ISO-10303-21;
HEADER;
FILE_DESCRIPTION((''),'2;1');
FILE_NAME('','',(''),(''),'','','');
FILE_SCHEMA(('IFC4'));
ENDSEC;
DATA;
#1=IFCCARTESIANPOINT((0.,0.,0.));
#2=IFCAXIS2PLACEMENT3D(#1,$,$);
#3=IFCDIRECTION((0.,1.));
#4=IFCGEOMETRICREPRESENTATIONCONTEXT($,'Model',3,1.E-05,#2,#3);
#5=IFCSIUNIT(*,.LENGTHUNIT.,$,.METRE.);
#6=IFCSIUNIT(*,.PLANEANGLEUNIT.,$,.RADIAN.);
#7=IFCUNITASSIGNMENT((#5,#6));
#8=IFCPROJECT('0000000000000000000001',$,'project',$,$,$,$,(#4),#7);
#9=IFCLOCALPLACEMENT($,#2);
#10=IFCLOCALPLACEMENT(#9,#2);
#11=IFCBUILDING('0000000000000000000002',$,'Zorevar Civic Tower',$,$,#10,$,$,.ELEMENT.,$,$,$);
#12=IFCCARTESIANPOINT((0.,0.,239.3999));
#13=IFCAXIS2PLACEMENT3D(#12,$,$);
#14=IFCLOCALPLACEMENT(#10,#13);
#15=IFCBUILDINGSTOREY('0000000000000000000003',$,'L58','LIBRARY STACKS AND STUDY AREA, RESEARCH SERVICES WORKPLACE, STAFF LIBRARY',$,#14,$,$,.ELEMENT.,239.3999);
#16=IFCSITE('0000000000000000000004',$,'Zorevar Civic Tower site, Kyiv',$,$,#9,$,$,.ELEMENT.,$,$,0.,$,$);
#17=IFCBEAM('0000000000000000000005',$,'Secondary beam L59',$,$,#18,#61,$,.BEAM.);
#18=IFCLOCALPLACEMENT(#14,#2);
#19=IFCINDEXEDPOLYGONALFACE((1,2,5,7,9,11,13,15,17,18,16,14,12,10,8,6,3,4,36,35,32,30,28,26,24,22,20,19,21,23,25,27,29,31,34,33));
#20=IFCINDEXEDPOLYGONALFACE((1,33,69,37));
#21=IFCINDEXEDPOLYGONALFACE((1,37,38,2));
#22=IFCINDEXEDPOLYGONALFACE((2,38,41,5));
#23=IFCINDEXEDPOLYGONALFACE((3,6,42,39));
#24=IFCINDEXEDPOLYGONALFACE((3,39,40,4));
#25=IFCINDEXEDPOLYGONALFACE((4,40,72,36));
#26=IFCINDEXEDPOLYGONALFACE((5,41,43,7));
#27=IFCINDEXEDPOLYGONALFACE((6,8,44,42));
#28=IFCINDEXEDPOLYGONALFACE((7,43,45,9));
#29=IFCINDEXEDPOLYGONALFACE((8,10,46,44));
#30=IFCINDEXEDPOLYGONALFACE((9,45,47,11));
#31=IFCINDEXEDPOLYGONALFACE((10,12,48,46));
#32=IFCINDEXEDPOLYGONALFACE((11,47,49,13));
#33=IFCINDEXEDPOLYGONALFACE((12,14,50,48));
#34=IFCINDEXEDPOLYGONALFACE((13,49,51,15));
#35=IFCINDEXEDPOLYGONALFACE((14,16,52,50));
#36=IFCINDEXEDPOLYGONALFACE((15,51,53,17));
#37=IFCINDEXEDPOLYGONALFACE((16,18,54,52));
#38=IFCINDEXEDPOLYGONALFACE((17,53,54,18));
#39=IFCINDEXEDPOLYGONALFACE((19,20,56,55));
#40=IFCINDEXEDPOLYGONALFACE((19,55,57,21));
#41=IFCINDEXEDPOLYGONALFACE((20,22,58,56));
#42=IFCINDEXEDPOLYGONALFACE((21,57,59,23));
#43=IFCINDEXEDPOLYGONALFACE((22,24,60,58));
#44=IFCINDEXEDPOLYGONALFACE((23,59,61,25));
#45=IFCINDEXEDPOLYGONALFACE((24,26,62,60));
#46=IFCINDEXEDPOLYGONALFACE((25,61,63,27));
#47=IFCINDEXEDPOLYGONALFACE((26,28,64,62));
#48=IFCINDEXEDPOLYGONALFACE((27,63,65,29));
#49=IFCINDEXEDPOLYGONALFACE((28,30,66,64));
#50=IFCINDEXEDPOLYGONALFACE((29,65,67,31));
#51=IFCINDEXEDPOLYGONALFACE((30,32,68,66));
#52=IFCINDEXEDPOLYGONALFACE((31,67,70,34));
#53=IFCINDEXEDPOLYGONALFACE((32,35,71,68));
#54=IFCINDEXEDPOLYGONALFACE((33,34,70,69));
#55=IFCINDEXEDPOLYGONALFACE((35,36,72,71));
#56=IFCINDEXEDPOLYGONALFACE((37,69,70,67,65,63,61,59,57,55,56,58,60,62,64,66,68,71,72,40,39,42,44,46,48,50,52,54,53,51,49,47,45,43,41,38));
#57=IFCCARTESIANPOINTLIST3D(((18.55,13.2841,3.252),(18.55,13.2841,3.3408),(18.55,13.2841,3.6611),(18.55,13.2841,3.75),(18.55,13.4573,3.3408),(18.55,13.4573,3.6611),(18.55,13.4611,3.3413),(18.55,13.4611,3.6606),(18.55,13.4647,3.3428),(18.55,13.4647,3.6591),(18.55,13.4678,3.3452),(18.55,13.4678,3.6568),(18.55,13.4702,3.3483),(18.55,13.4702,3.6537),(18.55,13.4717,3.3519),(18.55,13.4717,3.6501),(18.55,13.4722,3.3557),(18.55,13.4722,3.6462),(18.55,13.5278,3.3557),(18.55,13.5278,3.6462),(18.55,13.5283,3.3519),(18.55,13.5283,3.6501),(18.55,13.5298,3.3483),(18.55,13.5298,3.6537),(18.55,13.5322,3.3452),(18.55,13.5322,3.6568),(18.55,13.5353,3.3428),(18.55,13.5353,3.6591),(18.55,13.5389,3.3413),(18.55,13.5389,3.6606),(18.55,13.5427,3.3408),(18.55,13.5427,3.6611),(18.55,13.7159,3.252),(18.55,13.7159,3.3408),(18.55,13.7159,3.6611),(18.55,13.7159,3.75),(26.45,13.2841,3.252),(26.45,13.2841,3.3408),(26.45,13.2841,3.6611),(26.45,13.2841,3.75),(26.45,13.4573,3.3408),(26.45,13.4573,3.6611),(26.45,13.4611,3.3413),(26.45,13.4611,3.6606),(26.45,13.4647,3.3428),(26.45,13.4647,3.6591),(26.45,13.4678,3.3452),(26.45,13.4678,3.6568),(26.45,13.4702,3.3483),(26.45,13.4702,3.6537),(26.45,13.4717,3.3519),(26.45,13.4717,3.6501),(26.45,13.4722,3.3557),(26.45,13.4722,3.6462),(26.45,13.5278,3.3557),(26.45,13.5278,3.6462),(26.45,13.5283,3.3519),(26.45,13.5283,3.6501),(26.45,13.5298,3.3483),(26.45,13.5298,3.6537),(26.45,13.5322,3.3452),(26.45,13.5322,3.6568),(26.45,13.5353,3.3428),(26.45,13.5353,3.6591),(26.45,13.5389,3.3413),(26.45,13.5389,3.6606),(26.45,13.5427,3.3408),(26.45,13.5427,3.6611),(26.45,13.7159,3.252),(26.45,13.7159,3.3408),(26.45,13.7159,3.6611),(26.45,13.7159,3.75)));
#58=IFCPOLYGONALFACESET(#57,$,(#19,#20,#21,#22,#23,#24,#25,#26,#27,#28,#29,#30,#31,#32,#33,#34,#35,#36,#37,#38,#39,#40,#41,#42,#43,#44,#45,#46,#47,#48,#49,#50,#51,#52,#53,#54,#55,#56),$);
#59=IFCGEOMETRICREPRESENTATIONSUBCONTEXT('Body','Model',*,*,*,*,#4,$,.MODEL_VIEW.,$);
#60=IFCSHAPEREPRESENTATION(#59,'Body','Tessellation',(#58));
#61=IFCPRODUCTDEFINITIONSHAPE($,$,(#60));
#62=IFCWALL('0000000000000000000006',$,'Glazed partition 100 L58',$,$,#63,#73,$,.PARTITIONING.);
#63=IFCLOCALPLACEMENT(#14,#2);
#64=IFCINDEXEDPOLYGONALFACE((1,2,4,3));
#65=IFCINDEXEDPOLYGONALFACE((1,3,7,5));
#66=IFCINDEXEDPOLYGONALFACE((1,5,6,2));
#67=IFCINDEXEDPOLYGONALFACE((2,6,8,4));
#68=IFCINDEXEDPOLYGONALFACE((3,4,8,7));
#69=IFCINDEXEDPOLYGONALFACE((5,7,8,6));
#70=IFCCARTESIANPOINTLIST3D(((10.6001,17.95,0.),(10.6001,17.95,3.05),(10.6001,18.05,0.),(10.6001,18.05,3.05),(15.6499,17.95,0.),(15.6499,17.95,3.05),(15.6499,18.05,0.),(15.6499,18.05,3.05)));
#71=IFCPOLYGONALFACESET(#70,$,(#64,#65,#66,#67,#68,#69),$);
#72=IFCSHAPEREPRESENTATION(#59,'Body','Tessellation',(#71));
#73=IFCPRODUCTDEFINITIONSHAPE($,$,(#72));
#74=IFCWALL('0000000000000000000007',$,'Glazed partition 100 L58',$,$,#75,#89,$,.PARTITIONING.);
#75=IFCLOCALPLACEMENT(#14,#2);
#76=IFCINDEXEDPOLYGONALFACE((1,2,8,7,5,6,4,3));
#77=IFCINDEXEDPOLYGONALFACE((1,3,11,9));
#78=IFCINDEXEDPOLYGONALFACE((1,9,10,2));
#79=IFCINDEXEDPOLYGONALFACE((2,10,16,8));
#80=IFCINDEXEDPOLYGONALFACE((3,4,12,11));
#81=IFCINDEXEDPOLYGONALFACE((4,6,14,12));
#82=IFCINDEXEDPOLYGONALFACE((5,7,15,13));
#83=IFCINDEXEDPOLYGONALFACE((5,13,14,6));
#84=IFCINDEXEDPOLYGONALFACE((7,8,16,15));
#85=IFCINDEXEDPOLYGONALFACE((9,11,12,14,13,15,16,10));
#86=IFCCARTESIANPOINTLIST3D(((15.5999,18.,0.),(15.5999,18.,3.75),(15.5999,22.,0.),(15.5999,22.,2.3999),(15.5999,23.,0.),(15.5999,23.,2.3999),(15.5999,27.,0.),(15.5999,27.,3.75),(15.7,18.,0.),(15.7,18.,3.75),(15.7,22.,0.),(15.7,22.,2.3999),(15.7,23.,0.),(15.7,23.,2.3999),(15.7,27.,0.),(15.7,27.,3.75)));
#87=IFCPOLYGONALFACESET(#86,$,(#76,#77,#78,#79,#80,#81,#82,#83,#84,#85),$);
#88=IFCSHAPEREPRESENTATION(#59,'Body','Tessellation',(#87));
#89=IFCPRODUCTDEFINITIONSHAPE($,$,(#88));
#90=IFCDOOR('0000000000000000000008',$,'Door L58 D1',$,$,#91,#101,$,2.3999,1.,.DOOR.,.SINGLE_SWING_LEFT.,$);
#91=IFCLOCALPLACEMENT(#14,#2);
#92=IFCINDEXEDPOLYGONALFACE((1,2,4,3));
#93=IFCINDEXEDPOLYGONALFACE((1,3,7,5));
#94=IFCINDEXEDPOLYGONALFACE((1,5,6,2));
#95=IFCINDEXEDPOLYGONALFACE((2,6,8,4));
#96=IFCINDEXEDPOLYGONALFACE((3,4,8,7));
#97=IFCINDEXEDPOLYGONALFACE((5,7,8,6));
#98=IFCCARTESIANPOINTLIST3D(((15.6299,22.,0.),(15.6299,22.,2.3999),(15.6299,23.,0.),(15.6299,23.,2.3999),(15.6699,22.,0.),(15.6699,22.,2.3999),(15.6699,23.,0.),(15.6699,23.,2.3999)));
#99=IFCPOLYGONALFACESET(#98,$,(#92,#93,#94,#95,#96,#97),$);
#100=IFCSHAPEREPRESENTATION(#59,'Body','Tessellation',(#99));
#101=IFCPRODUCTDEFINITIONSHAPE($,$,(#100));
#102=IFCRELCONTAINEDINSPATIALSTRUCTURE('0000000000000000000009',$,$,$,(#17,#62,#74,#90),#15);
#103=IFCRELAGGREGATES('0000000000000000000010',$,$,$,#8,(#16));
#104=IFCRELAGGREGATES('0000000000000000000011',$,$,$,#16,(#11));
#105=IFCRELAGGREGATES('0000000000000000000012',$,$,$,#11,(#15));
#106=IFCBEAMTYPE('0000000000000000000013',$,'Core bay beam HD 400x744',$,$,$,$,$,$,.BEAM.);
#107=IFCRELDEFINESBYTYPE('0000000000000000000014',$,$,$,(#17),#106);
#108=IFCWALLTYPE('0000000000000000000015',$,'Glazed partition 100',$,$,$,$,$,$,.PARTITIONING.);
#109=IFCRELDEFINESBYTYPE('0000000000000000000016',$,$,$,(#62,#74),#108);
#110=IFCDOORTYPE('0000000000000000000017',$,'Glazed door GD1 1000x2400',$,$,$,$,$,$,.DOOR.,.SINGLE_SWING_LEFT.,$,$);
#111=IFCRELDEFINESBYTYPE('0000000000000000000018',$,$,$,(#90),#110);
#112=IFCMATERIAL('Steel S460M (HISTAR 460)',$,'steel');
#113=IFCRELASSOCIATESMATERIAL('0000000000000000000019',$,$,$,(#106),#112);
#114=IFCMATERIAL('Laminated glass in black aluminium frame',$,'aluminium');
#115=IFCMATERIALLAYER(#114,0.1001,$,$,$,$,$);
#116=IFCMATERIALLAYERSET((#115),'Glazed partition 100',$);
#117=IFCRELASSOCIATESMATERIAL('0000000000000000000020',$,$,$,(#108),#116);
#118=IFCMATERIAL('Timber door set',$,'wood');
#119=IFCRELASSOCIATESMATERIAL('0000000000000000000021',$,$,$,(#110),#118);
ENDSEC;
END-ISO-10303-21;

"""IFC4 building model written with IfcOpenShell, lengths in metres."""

from ifc_helpers import new_model, si_unit, direction, frame, frame_2d, origin, origin_2d, place, context, subcontext, project, spatial, rectangle, i_section, extrude, material, layer, layer_set, material_profile, profile_set, type_object, element, fill, save


model = new_model("IFC4")

# Units and contexts
model_context = context("Model", 3, precision=1e-05, world=origin(), true_north=direction((0.0, 1.0)))
body_context = subcontext(model_context, "Body", "Model", "MODEL_VIEW")
ifc_project = project(units=[si_unit("LENGTHUNIT", "METRE"), si_unit("PLANEANGLEUNIT", "RADIAN")], contexts=[model_context])

# Site, building, storey
site_placement = place(None, origin())
site = spatial("IfcSite", under=ifc_project, at=site_placement, Name="Zorevar Civic Tower site, Kyiv", CompositionType="ELEMENT", RefElevation=0.0)
building_placement = place(site_placement, origin())
building = spatial("IfcBuilding", under=site, at=building_placement, Name="Zorevar Civic Tower", CompositionType="ELEMENT")
storey_placement = place(building_placement, frame((0.0, 0.0, 239.3999)))
storey = spatial("IfcBuildingStorey", under=building, at=storey_placement, Name="L58", Description="LIBRARY STACKS AND STUDY AREA, RESEARCH SERVICES WORKPLACE, STAFF LIBRARY", CompositionType="ELEMENT", Elevation=239.3999)

# Beam
ifc_material_1 = material(Name="Steel S460M (HISTAR 460)", Category="steel")
ifc_material_profile = material_profile(ifc_material_1, i_section(OverallWidth=0.4319, OverallDepth=0.498, WebThickness=0.0557, FlangeThickness=0.0889, FilletRadius=0.0149, at=origin_2d()), Name="HD 400x744")
ifc_profile_set = profile_set([ifc_material_profile], Name="Steel S460M (HISTAR 460)")
beam_type = type_object("IfcBeamType", Name="Core bay beam HD 400x744", PredefinedType="BEAM", material=ifc_profile_set)
beam_placement = place(storey_placement, frame((18.55, 13.5, 3.501), z_axis=(1.0, 0.0, 0.0), x_axis=(0.0, 1.0, 0.0)))
element("IfcBeam", 1, at=beam_placement, inside=storey, type_object=beam_type, Name="Secondary beam L59", PredefinedType="BEAM", context=body_context, shape_type="SweptSolid", body=[
    extrude(i_section(OverallWidth=0.4319, OverallDepth=0.498, WebThickness=0.0557, FlangeThickness=0.0889, FilletRadius=0.0149, at=origin_2d()), origin(), (0.0, 0.0, 1.0), 7.8999),
])

# Wall
ifc_material_2 = material(Name="Laminated glass in black aluminium frame", Category="aluminium")
ifc_layer_1 = layer(ifc_material_2, 0.1001)
ifc_layer_set_1 = layer_set([ifc_layer_1], Name="Glazed partition 100")
wall_type_1 = type_object("IfcWallType", Name="Glazed partition 100", PredefinedType="PARTITIONING", material=ifc_layer_set_1)
wall_1_placement = place(storey_placement, frame((10.6001, 18.0, 0.0), z_axis=(0.0, 0.0, 1.0), x_axis=(1.0, 0.0, 0.0)))
element("IfcWall", 2, at=wall_1_placement, inside=storey, type_object=wall_type_1, Name="Glazed partition 100 L58", PredefinedType="PARTITIONING", context=body_context, shape_type="SweptSolid", body=[
    extrude(rectangle(XDim=5.0498, YDim=0.1001, at=frame_2d((2.5249, 0.0))), origin(), (0.0, 0.0, 1.0), 3.05),
])

# Wall, opening, door
wall_2_placement = place(storey_placement, frame((15.6499, 18.0, 0.0), z_axis=(0.0, 0.0, 1.0), x_axis=(0.0, 1.0, 0.0)))
wall_2 = element("IfcWall", 3, at=wall_2_placement, inside=storey, type_object=wall_type_1, Name="Glazed partition 100 L58", PredefinedType="PARTITIONING", context=body_context, shape_type="SweptSolid", body=[
    extrude(rectangle(XDim=9.0, YDim=0.1001, at=frame_2d((4.5, 0.0))), origin(), (0.0, 0.0, 1.0), 3.75),
])
opening_1_placement = place(wall_2_placement, frame((4.0, 0.0, 0.0)))
opening_1 = element("IfcOpeningElement", 4, at=opening_1_placement, cuts=wall_2, PredefinedType="OPENING", context=body_context, shape_type="SweptSolid", body=[
    extrude(rectangle(XDim=1.0, YDim=2.3999, at=frame_2d((0.5, 1.2))), frame((0.0, 0.0601, 0.0), z_axis=(0.0, -1.0, 0.0), x_axis=(1.0, 0.0, 0.0)), (0.0, 0.0, 1.0), 0.1201),
])
ifc_material_3 = material(Name="Timber door set", Category="wood")
door_type_1 = type_object("IfcDoorType", Name="Glazed door GD1 1000x2400", OperationType="SINGLE_SWING_LEFT", PredefinedType="DOOR", material=ifc_material_3)
door_1_placement = place(opening_1_placement, origin())
door_1 = element("IfcDoor", 5, at=door_1_placement, inside=storey, type_object=door_type_1, Name="Door L58 D1", OperationType="SINGLE_SWING_LEFT", OverallHeight=2.3999, OverallWidth=1.0, PredefinedType="DOOR", context=body_context, shape_type="SweptSolid", body=[
    extrude(rectangle(XDim=1.0, YDim=2.3999, at=frame_2d((0.5, 1.2))), frame((0.0, 0.02, 0.0), z_axis=(0.0, -1.0, 0.0), x_axis=(1.0, 0.0, 0.0)), (0.0, 0.0, 1.0), 0.04),
])
fill(opening_1, door_1)

save(model, "model.ifc")
